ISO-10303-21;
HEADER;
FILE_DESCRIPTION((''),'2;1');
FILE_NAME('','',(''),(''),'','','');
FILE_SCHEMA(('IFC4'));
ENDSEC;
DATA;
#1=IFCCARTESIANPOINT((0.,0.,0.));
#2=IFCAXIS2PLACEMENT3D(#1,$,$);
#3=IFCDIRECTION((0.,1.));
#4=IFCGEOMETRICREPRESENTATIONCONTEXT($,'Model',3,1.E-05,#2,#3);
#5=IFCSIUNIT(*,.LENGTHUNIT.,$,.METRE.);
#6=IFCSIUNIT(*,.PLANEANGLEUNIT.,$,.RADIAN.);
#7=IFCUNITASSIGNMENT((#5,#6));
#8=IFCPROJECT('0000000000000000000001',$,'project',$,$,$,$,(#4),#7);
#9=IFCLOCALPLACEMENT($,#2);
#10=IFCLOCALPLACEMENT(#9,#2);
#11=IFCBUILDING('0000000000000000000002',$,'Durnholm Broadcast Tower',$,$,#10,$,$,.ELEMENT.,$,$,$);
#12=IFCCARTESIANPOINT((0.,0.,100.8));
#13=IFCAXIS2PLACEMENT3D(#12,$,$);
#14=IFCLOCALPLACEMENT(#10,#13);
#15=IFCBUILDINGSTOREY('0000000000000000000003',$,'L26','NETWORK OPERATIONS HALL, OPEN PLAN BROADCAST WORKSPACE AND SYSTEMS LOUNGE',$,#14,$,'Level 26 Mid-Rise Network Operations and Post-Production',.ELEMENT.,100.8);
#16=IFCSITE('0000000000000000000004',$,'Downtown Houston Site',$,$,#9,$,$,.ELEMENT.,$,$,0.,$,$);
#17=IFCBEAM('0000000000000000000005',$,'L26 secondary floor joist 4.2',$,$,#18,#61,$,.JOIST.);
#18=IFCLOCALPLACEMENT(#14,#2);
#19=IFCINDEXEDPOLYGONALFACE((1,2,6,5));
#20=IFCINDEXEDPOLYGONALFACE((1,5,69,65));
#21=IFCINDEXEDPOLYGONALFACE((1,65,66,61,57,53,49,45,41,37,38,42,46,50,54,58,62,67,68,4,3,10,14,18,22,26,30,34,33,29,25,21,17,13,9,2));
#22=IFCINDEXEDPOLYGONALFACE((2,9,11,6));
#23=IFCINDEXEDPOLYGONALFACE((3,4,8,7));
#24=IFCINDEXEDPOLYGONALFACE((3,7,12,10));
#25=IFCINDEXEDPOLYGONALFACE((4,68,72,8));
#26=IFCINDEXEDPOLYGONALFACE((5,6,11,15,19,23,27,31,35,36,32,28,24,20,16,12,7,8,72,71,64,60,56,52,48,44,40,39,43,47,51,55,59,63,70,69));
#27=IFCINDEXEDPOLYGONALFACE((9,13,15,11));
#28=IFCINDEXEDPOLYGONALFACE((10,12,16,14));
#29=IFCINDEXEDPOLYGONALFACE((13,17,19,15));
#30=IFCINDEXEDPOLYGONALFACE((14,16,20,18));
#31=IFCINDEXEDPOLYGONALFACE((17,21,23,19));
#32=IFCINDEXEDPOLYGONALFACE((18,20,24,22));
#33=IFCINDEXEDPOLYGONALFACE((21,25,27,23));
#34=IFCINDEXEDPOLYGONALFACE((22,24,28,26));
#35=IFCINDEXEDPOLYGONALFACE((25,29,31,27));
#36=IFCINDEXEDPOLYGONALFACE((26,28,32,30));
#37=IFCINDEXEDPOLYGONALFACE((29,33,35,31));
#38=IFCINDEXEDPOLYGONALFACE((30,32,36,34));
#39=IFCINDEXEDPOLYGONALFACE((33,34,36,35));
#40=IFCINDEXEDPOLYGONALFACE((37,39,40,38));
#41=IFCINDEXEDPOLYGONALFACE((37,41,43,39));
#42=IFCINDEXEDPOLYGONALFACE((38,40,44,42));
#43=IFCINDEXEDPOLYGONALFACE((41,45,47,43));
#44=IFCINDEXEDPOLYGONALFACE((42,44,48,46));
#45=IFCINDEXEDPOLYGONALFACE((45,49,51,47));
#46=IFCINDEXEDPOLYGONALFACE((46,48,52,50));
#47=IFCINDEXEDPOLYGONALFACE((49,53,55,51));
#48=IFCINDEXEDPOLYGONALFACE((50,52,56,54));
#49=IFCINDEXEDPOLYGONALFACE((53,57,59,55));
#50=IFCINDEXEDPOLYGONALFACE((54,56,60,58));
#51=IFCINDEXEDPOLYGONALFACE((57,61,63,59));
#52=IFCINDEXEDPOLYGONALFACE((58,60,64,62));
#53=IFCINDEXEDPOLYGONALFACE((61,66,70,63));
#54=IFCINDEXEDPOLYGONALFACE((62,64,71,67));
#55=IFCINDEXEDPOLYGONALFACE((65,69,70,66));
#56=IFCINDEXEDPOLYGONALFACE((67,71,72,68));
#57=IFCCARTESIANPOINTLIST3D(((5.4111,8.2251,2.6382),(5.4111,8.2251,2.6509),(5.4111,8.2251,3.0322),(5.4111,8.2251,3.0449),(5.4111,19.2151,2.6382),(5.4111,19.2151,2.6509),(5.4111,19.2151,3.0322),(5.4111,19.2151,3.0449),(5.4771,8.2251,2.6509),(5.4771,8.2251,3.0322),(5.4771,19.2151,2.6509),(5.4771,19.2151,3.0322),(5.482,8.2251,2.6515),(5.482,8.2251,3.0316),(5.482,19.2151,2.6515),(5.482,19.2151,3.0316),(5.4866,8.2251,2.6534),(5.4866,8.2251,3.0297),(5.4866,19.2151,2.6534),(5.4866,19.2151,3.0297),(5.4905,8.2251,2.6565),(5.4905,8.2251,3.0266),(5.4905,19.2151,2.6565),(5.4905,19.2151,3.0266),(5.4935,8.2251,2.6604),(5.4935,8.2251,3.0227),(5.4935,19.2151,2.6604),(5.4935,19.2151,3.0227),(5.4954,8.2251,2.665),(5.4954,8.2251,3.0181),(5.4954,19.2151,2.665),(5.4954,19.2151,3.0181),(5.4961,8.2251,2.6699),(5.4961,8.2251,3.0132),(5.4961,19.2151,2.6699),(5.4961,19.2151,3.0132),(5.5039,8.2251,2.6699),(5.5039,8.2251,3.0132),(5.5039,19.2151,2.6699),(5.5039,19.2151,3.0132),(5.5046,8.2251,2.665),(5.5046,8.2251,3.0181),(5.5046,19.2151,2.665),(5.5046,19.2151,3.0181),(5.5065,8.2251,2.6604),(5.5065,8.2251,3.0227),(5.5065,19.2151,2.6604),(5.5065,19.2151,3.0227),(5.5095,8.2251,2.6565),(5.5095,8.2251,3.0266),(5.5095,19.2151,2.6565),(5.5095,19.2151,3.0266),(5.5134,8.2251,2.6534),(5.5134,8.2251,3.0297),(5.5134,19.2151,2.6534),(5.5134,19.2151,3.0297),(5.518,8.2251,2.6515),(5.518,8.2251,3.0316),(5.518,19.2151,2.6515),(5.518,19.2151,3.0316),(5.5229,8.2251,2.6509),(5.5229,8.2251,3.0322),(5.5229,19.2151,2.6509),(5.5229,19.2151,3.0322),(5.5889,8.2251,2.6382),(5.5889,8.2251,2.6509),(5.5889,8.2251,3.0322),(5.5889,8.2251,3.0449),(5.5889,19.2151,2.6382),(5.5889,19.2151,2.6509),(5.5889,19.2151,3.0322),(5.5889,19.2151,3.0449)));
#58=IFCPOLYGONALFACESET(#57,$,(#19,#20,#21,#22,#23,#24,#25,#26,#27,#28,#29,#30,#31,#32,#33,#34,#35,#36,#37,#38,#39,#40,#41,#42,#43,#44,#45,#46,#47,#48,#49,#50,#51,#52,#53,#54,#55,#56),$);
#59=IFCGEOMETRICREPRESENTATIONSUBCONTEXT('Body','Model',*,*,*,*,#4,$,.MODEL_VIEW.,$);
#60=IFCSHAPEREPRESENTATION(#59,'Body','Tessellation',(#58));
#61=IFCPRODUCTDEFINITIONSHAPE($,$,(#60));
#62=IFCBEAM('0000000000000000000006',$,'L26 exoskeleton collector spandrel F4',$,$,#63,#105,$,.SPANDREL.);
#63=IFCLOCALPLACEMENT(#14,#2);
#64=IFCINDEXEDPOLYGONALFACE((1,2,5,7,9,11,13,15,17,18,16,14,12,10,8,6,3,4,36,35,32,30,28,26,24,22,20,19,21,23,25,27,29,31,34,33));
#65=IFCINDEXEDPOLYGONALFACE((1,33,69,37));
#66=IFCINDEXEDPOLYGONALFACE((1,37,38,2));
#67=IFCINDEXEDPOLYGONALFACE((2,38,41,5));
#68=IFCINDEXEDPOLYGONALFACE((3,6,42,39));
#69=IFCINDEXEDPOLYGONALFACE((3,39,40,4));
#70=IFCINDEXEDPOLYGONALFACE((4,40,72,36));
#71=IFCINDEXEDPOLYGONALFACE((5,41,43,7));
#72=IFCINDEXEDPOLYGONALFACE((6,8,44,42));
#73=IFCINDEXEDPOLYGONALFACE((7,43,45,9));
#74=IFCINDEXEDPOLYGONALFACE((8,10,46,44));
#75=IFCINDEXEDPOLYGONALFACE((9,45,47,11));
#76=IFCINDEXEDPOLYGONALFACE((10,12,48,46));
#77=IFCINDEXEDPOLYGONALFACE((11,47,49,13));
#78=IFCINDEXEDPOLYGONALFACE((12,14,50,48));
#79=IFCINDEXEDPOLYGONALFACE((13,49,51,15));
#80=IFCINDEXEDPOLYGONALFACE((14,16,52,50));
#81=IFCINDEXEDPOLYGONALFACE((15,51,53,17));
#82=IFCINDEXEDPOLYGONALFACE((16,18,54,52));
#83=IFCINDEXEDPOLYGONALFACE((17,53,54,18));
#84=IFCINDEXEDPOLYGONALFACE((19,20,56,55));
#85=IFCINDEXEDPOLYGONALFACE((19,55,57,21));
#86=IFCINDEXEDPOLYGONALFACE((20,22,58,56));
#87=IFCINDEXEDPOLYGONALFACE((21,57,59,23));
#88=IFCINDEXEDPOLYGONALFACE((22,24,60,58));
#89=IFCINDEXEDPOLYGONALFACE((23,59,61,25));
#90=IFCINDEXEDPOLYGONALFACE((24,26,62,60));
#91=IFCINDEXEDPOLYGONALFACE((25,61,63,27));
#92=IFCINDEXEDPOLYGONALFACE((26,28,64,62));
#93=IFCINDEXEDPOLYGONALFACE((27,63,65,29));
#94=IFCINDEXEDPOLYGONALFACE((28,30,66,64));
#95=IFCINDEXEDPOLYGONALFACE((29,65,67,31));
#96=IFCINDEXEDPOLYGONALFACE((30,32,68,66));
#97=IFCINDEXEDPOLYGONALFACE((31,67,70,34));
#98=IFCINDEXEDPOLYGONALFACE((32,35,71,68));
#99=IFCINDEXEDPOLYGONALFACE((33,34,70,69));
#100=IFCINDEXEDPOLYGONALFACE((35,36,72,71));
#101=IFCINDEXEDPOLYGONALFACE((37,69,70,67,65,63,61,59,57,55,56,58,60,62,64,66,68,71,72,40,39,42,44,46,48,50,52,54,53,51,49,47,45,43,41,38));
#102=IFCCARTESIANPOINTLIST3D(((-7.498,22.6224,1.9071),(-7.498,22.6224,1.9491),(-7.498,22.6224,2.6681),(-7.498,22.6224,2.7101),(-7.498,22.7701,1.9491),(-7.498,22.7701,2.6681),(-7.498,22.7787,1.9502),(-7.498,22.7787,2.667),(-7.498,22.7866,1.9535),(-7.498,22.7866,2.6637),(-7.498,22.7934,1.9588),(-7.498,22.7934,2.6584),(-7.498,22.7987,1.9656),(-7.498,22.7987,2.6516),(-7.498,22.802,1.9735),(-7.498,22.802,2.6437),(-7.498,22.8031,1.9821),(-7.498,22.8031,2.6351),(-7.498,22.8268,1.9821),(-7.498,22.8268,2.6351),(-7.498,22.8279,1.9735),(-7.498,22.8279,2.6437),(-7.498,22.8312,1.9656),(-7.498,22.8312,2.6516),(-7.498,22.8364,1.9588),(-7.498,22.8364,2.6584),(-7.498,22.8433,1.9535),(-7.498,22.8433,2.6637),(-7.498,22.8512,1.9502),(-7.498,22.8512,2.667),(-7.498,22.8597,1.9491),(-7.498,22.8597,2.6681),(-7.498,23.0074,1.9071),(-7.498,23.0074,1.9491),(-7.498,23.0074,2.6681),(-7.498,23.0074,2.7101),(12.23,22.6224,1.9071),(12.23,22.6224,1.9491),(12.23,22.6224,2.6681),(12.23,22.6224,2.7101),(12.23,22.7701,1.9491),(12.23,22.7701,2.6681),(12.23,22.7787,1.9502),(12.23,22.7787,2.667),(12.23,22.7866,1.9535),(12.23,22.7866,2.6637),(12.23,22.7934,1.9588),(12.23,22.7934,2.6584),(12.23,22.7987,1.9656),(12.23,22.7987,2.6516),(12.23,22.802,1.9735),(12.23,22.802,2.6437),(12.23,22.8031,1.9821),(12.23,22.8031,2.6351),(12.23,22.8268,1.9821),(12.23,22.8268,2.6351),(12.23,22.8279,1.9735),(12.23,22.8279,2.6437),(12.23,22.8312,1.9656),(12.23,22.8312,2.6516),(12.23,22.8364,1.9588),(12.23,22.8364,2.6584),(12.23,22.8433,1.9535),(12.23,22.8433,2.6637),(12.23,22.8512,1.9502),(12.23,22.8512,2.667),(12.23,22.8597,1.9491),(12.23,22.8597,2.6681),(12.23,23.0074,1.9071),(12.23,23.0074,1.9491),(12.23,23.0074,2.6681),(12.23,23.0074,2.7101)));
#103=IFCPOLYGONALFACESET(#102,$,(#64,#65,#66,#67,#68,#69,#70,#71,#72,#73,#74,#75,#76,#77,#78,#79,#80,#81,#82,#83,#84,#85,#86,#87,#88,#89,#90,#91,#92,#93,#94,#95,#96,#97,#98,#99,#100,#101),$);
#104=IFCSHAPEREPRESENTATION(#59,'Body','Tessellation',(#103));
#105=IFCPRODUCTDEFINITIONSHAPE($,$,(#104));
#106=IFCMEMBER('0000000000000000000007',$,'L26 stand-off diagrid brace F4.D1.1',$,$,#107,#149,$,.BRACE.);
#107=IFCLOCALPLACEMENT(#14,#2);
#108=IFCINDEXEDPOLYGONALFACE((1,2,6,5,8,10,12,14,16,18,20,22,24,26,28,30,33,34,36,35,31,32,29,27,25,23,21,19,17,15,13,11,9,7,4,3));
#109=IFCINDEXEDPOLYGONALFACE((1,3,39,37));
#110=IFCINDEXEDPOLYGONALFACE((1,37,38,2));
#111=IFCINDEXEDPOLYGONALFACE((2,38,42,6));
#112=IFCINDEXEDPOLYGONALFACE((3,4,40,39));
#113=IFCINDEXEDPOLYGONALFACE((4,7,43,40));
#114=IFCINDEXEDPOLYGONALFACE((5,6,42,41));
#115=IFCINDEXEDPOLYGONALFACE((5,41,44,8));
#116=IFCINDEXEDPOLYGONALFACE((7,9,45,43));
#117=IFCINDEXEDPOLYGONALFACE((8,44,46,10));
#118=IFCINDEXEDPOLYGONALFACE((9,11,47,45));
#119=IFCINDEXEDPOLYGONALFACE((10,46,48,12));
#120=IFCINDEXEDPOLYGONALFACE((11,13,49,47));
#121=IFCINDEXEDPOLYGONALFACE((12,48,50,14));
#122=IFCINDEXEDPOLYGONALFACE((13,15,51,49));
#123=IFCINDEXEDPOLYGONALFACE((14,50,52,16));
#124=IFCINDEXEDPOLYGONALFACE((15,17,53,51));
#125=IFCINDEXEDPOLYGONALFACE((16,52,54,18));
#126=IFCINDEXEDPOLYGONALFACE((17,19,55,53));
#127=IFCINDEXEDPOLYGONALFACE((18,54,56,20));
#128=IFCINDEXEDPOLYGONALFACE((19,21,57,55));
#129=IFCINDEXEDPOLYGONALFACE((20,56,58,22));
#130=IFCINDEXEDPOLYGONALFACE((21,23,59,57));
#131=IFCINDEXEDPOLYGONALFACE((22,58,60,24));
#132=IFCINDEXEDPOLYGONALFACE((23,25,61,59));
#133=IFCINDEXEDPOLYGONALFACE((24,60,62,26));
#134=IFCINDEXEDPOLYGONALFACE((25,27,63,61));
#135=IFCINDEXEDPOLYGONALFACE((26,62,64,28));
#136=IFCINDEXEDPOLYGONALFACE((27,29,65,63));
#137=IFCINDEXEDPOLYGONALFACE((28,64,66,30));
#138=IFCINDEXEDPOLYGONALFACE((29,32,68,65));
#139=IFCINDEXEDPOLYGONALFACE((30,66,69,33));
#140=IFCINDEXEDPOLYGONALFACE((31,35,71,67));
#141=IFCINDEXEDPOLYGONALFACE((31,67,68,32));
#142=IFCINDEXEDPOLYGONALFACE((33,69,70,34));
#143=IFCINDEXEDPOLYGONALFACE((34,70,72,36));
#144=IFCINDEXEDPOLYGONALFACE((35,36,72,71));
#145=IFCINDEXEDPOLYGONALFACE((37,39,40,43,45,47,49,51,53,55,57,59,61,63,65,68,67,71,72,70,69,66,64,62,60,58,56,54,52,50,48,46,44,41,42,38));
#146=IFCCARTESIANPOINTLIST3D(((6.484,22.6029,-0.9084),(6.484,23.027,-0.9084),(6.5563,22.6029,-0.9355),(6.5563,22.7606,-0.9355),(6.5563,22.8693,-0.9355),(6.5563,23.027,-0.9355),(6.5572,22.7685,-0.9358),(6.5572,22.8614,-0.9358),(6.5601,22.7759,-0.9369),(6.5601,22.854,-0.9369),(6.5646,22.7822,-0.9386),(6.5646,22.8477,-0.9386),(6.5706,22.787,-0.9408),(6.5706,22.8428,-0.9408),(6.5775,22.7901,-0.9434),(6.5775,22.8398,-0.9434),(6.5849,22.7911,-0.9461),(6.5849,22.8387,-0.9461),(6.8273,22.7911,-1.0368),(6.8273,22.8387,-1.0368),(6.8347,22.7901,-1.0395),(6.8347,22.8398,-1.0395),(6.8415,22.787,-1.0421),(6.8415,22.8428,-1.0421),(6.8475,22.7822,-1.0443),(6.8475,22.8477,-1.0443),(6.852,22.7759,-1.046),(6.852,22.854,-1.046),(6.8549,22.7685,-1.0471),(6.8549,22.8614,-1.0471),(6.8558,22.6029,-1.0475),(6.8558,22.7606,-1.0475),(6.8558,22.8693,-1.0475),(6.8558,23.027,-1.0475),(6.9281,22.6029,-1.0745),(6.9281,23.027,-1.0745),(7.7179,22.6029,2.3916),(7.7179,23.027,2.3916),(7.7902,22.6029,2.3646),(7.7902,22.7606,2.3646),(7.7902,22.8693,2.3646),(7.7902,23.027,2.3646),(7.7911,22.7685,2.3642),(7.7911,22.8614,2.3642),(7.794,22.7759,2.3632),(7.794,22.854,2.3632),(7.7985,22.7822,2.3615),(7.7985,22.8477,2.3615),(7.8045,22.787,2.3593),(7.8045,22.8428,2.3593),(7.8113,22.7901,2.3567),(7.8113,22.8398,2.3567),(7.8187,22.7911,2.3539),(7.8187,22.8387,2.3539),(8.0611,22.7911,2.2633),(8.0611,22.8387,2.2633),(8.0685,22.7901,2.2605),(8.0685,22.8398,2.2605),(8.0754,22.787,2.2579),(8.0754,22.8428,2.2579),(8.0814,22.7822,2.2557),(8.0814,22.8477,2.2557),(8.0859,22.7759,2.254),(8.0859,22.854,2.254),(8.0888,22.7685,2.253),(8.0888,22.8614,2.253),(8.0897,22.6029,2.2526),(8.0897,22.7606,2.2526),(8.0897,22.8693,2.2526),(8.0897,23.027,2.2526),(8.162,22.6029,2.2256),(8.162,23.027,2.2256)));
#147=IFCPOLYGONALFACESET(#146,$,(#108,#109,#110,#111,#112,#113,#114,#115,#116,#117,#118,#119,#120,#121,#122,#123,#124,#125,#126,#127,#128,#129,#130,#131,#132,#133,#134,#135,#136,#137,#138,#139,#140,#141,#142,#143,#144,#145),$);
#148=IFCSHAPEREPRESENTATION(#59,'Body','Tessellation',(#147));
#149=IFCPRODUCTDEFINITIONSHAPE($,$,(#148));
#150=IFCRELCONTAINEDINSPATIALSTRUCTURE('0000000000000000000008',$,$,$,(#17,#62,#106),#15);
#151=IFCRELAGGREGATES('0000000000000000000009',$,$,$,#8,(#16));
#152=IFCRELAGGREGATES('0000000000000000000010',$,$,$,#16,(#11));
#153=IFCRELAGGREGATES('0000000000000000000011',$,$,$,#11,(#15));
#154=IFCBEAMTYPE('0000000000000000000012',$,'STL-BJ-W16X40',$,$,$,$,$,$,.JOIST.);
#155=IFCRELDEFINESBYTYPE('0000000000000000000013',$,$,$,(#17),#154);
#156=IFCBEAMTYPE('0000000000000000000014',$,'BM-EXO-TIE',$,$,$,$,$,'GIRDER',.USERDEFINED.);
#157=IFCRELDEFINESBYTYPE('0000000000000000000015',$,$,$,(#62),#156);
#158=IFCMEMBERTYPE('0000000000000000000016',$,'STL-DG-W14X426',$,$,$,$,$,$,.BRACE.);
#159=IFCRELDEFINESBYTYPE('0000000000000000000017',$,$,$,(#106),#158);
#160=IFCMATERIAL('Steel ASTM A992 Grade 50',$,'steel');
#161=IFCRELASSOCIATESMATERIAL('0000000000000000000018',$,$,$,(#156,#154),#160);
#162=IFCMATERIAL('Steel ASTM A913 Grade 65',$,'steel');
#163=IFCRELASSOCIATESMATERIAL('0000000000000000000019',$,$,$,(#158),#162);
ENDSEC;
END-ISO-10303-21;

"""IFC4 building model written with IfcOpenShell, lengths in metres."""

from ifc_helpers import new_model, si_unit, direction, frame, origin, origin_2d, place, context, subcontext, project, spatial, i_section, extrude, source, transform, mapped, material, material_profile, profile_set, type_object, type_shapes, element, save


model = new_model("IFC4")

# Units and contexts
model_context = context("Model", 3, precision=1e-05, world=origin(), true_north=direction((0.0, 1.0)))
body_context = subcontext(model_context, "Body", "Model", "MODEL_VIEW")
ifc_project = project(units=[si_unit("LENGTHUNIT", "METRE"), si_unit("PLANEANGLEUNIT", "RADIAN")], contexts=[model_context])

# Site, building, storey
site_placement = place(None, origin())
site = spatial("IfcSite", under=ifc_project, at=site_placement, Name="Downtown Houston Site", CompositionType="ELEMENT", RefElevation=0.0)
building_placement = place(site_placement, origin())
building = spatial("IfcBuilding", under=site, at=building_placement, Name="Durnholm Broadcast Tower", CompositionType="ELEMENT")
storey_placement = place(building_placement, frame((0.0, 0.0, 100.8)))
storey = spatial("IfcBuildingStorey", under=building, at=storey_placement, Name="L26", Description="NETWORK OPERATIONS HALL, OPEN PLAN BROADCAST WORKSPACE AND SYSTEMS LOUNGE", LongName="Level 26 Mid-Rise Network Operations and Post-Production", CompositionType="ELEMENT", Elevation=100.8)

# Beams
ifc_material_1 = material(Name="Steel ASTM A992 Grade 50", Category="steel")
ifc_material_profile_1 = material_profile(ifc_material_1, i_section(OverallWidth=0.385, OverallDepth=0.803, WebThickness=0.0237, FlangeThickness=0.042, FilletRadius=0.033, at=origin_2d()), Name="W30X261")
ifc_profile_set_1 = profile_set([ifc_material_profile_1], Name="Steel ASTM A992 Grade 50")
beam_type_1 = type_object("IfcBeamType", Name="BM-EXO-TIE", ElementType="GIRDER", PredefinedType="USERDEFINED", material=ifc_profile_set_1)
ifc_material_profile_2 = material_profile(ifc_material_1, i_section(OverallWidth=0.1777, OverallDepth=0.4067, WebThickness=0.0078, FlangeThickness=0.0127, FilletRadius=0.019, at=origin_2d()), Name="W16X40")
ifc_profile_set_2 = profile_set([ifc_material_profile_2], Name="Steel ASTM A992 Grade 50")
beam_type_2 = type_object("IfcBeamType", Name="STL-BJ-W16X40", PredefinedType="JOIST", material=ifc_profile_set_2)
shared_shape_1 = source(origin(), body_context, "Body", "SweptSolid", [
    extrude(i_section(OverallWidth=0.1777, OverallDepth=0.4067, WebThickness=0.0078, FlangeThickness=0.0127, FilletRadius=0.019, at=origin_2d()), origin(), (0.0, 0.0, 1.0), 10.99),
])
type_shapes(beam_type_2, [shared_shape_1])
beam_1_placement = place(storey_placement, frame((5.5, 8.2251, 2.8416), z_axis=(0.0, 1.0, 0.0), x_axis=(-1.0, 0.0, 0.0)))
element("IfcBeam", 1, at=beam_1_placement, inside=storey, type_object=beam_type_2, Name="L26 secondary floor joist 4.2", PredefinedType="JOIST", context=body_context, shape_type="MappedRepresentation", body=[
    mapped(shared_shape_1, transform((0.0, 0.0, 0.0), x_axis=(1.0, 0.0, 0.0), y_axis=(0.0, 1.0, 0.0), z_axis=(0.0, 0.0, 1.0), scale=1.0)),
])
shared_shape_2 = source(origin(), body_context, "Body", "SweptSolid", [
    extrude(i_section(OverallWidth=0.385, OverallDepth=0.803, WebThickness=0.0237, FlangeThickness=0.042, FilletRadius=0.033, at=origin_2d()), origin(), (0.0, 0.0, 1.0), 19.728),
])
beam_2_placement = place(storey_placement, frame((12.23, 22.8149, 2.3086), z_axis=(-1.0, 0.0, 0.0), x_axis=(0.0, -1.0, 0.0)))
element("IfcBeam", 2, at=beam_2_placement, inside=storey, type_object=beam_type_1, Name="L26 exoskeleton collector spandrel F4", PredefinedType="SPANDREL", context=body_context, shape_type="MappedRepresentation", body=[
    mapped(shared_shape_2, transform((0.0, 0.0, 0.0), x_axis=(1.0, 0.0, 0.0), y_axis=(0.0, 1.0, 0.0), z_axis=(0.0, 0.0, 1.0), scale=1.0)),
])

# Member
ifc_material_2 = material(Name="Steel ASTM A913 Grade 65", Category="steel")
ifc_material_profile_3 = material_profile(ifc_material_2, i_section(OverallWidth=0.4241, OverallDepth=0.4741, WebThickness=0.0476, FlangeThickness=0.0771, FilletRadius=0.0305, at=origin_2d()), Name="W14X426")
ifc_profile_set_3 = profile_set([ifc_material_profile_3], Name="Steel ASTM A913 Grade 65")
member_type_1 = type_object("IfcMemberType", Name="STL-DG-W14X426", PredefinedType="BRACE", material=ifc_profile_set_3)
shared_shape_3 = source(origin(), body_context, "Body", "SweptSolid", [
    extrude(i_section(OverallWidth=0.4241, OverallDepth=0.4741, WebThickness=0.0476, FlangeThickness=0.0771, FilletRadius=0.0305, at=origin_2d()), origin(), (0.0, 0.0, 1.0), 3.5232),
])
type_shapes(member_type_1, [shared_shape_3])
for number, where, z_axis, x_axis, name in (
    (3, (6.7061, 22.8149, -0.9915), (0.35022, 0.0, 0.936668), (0.0, 1.0, 0.0), "L26 stand-off diagrid brace F4.D1.1"),
):
    element("IfcMember", number, at=place(storey_placement, frame(where, z_axis=z_axis, x_axis=x_axis)), inside=storey, type_object=member_type_1, Name=name, PredefinedType="BRACE", context=body_context, shape_type="MappedRepresentation", body=[
        mapped(shared_shape_3, transform((0.0, 0.0, 0.0), x_axis=(1.0, 0.0, 0.0), y_axis=(0.0, 1.0, 0.0), z_axis=(0.0, 0.0, 1.0), scale=1.0)),
    ])

save(model, "model.ifc")
